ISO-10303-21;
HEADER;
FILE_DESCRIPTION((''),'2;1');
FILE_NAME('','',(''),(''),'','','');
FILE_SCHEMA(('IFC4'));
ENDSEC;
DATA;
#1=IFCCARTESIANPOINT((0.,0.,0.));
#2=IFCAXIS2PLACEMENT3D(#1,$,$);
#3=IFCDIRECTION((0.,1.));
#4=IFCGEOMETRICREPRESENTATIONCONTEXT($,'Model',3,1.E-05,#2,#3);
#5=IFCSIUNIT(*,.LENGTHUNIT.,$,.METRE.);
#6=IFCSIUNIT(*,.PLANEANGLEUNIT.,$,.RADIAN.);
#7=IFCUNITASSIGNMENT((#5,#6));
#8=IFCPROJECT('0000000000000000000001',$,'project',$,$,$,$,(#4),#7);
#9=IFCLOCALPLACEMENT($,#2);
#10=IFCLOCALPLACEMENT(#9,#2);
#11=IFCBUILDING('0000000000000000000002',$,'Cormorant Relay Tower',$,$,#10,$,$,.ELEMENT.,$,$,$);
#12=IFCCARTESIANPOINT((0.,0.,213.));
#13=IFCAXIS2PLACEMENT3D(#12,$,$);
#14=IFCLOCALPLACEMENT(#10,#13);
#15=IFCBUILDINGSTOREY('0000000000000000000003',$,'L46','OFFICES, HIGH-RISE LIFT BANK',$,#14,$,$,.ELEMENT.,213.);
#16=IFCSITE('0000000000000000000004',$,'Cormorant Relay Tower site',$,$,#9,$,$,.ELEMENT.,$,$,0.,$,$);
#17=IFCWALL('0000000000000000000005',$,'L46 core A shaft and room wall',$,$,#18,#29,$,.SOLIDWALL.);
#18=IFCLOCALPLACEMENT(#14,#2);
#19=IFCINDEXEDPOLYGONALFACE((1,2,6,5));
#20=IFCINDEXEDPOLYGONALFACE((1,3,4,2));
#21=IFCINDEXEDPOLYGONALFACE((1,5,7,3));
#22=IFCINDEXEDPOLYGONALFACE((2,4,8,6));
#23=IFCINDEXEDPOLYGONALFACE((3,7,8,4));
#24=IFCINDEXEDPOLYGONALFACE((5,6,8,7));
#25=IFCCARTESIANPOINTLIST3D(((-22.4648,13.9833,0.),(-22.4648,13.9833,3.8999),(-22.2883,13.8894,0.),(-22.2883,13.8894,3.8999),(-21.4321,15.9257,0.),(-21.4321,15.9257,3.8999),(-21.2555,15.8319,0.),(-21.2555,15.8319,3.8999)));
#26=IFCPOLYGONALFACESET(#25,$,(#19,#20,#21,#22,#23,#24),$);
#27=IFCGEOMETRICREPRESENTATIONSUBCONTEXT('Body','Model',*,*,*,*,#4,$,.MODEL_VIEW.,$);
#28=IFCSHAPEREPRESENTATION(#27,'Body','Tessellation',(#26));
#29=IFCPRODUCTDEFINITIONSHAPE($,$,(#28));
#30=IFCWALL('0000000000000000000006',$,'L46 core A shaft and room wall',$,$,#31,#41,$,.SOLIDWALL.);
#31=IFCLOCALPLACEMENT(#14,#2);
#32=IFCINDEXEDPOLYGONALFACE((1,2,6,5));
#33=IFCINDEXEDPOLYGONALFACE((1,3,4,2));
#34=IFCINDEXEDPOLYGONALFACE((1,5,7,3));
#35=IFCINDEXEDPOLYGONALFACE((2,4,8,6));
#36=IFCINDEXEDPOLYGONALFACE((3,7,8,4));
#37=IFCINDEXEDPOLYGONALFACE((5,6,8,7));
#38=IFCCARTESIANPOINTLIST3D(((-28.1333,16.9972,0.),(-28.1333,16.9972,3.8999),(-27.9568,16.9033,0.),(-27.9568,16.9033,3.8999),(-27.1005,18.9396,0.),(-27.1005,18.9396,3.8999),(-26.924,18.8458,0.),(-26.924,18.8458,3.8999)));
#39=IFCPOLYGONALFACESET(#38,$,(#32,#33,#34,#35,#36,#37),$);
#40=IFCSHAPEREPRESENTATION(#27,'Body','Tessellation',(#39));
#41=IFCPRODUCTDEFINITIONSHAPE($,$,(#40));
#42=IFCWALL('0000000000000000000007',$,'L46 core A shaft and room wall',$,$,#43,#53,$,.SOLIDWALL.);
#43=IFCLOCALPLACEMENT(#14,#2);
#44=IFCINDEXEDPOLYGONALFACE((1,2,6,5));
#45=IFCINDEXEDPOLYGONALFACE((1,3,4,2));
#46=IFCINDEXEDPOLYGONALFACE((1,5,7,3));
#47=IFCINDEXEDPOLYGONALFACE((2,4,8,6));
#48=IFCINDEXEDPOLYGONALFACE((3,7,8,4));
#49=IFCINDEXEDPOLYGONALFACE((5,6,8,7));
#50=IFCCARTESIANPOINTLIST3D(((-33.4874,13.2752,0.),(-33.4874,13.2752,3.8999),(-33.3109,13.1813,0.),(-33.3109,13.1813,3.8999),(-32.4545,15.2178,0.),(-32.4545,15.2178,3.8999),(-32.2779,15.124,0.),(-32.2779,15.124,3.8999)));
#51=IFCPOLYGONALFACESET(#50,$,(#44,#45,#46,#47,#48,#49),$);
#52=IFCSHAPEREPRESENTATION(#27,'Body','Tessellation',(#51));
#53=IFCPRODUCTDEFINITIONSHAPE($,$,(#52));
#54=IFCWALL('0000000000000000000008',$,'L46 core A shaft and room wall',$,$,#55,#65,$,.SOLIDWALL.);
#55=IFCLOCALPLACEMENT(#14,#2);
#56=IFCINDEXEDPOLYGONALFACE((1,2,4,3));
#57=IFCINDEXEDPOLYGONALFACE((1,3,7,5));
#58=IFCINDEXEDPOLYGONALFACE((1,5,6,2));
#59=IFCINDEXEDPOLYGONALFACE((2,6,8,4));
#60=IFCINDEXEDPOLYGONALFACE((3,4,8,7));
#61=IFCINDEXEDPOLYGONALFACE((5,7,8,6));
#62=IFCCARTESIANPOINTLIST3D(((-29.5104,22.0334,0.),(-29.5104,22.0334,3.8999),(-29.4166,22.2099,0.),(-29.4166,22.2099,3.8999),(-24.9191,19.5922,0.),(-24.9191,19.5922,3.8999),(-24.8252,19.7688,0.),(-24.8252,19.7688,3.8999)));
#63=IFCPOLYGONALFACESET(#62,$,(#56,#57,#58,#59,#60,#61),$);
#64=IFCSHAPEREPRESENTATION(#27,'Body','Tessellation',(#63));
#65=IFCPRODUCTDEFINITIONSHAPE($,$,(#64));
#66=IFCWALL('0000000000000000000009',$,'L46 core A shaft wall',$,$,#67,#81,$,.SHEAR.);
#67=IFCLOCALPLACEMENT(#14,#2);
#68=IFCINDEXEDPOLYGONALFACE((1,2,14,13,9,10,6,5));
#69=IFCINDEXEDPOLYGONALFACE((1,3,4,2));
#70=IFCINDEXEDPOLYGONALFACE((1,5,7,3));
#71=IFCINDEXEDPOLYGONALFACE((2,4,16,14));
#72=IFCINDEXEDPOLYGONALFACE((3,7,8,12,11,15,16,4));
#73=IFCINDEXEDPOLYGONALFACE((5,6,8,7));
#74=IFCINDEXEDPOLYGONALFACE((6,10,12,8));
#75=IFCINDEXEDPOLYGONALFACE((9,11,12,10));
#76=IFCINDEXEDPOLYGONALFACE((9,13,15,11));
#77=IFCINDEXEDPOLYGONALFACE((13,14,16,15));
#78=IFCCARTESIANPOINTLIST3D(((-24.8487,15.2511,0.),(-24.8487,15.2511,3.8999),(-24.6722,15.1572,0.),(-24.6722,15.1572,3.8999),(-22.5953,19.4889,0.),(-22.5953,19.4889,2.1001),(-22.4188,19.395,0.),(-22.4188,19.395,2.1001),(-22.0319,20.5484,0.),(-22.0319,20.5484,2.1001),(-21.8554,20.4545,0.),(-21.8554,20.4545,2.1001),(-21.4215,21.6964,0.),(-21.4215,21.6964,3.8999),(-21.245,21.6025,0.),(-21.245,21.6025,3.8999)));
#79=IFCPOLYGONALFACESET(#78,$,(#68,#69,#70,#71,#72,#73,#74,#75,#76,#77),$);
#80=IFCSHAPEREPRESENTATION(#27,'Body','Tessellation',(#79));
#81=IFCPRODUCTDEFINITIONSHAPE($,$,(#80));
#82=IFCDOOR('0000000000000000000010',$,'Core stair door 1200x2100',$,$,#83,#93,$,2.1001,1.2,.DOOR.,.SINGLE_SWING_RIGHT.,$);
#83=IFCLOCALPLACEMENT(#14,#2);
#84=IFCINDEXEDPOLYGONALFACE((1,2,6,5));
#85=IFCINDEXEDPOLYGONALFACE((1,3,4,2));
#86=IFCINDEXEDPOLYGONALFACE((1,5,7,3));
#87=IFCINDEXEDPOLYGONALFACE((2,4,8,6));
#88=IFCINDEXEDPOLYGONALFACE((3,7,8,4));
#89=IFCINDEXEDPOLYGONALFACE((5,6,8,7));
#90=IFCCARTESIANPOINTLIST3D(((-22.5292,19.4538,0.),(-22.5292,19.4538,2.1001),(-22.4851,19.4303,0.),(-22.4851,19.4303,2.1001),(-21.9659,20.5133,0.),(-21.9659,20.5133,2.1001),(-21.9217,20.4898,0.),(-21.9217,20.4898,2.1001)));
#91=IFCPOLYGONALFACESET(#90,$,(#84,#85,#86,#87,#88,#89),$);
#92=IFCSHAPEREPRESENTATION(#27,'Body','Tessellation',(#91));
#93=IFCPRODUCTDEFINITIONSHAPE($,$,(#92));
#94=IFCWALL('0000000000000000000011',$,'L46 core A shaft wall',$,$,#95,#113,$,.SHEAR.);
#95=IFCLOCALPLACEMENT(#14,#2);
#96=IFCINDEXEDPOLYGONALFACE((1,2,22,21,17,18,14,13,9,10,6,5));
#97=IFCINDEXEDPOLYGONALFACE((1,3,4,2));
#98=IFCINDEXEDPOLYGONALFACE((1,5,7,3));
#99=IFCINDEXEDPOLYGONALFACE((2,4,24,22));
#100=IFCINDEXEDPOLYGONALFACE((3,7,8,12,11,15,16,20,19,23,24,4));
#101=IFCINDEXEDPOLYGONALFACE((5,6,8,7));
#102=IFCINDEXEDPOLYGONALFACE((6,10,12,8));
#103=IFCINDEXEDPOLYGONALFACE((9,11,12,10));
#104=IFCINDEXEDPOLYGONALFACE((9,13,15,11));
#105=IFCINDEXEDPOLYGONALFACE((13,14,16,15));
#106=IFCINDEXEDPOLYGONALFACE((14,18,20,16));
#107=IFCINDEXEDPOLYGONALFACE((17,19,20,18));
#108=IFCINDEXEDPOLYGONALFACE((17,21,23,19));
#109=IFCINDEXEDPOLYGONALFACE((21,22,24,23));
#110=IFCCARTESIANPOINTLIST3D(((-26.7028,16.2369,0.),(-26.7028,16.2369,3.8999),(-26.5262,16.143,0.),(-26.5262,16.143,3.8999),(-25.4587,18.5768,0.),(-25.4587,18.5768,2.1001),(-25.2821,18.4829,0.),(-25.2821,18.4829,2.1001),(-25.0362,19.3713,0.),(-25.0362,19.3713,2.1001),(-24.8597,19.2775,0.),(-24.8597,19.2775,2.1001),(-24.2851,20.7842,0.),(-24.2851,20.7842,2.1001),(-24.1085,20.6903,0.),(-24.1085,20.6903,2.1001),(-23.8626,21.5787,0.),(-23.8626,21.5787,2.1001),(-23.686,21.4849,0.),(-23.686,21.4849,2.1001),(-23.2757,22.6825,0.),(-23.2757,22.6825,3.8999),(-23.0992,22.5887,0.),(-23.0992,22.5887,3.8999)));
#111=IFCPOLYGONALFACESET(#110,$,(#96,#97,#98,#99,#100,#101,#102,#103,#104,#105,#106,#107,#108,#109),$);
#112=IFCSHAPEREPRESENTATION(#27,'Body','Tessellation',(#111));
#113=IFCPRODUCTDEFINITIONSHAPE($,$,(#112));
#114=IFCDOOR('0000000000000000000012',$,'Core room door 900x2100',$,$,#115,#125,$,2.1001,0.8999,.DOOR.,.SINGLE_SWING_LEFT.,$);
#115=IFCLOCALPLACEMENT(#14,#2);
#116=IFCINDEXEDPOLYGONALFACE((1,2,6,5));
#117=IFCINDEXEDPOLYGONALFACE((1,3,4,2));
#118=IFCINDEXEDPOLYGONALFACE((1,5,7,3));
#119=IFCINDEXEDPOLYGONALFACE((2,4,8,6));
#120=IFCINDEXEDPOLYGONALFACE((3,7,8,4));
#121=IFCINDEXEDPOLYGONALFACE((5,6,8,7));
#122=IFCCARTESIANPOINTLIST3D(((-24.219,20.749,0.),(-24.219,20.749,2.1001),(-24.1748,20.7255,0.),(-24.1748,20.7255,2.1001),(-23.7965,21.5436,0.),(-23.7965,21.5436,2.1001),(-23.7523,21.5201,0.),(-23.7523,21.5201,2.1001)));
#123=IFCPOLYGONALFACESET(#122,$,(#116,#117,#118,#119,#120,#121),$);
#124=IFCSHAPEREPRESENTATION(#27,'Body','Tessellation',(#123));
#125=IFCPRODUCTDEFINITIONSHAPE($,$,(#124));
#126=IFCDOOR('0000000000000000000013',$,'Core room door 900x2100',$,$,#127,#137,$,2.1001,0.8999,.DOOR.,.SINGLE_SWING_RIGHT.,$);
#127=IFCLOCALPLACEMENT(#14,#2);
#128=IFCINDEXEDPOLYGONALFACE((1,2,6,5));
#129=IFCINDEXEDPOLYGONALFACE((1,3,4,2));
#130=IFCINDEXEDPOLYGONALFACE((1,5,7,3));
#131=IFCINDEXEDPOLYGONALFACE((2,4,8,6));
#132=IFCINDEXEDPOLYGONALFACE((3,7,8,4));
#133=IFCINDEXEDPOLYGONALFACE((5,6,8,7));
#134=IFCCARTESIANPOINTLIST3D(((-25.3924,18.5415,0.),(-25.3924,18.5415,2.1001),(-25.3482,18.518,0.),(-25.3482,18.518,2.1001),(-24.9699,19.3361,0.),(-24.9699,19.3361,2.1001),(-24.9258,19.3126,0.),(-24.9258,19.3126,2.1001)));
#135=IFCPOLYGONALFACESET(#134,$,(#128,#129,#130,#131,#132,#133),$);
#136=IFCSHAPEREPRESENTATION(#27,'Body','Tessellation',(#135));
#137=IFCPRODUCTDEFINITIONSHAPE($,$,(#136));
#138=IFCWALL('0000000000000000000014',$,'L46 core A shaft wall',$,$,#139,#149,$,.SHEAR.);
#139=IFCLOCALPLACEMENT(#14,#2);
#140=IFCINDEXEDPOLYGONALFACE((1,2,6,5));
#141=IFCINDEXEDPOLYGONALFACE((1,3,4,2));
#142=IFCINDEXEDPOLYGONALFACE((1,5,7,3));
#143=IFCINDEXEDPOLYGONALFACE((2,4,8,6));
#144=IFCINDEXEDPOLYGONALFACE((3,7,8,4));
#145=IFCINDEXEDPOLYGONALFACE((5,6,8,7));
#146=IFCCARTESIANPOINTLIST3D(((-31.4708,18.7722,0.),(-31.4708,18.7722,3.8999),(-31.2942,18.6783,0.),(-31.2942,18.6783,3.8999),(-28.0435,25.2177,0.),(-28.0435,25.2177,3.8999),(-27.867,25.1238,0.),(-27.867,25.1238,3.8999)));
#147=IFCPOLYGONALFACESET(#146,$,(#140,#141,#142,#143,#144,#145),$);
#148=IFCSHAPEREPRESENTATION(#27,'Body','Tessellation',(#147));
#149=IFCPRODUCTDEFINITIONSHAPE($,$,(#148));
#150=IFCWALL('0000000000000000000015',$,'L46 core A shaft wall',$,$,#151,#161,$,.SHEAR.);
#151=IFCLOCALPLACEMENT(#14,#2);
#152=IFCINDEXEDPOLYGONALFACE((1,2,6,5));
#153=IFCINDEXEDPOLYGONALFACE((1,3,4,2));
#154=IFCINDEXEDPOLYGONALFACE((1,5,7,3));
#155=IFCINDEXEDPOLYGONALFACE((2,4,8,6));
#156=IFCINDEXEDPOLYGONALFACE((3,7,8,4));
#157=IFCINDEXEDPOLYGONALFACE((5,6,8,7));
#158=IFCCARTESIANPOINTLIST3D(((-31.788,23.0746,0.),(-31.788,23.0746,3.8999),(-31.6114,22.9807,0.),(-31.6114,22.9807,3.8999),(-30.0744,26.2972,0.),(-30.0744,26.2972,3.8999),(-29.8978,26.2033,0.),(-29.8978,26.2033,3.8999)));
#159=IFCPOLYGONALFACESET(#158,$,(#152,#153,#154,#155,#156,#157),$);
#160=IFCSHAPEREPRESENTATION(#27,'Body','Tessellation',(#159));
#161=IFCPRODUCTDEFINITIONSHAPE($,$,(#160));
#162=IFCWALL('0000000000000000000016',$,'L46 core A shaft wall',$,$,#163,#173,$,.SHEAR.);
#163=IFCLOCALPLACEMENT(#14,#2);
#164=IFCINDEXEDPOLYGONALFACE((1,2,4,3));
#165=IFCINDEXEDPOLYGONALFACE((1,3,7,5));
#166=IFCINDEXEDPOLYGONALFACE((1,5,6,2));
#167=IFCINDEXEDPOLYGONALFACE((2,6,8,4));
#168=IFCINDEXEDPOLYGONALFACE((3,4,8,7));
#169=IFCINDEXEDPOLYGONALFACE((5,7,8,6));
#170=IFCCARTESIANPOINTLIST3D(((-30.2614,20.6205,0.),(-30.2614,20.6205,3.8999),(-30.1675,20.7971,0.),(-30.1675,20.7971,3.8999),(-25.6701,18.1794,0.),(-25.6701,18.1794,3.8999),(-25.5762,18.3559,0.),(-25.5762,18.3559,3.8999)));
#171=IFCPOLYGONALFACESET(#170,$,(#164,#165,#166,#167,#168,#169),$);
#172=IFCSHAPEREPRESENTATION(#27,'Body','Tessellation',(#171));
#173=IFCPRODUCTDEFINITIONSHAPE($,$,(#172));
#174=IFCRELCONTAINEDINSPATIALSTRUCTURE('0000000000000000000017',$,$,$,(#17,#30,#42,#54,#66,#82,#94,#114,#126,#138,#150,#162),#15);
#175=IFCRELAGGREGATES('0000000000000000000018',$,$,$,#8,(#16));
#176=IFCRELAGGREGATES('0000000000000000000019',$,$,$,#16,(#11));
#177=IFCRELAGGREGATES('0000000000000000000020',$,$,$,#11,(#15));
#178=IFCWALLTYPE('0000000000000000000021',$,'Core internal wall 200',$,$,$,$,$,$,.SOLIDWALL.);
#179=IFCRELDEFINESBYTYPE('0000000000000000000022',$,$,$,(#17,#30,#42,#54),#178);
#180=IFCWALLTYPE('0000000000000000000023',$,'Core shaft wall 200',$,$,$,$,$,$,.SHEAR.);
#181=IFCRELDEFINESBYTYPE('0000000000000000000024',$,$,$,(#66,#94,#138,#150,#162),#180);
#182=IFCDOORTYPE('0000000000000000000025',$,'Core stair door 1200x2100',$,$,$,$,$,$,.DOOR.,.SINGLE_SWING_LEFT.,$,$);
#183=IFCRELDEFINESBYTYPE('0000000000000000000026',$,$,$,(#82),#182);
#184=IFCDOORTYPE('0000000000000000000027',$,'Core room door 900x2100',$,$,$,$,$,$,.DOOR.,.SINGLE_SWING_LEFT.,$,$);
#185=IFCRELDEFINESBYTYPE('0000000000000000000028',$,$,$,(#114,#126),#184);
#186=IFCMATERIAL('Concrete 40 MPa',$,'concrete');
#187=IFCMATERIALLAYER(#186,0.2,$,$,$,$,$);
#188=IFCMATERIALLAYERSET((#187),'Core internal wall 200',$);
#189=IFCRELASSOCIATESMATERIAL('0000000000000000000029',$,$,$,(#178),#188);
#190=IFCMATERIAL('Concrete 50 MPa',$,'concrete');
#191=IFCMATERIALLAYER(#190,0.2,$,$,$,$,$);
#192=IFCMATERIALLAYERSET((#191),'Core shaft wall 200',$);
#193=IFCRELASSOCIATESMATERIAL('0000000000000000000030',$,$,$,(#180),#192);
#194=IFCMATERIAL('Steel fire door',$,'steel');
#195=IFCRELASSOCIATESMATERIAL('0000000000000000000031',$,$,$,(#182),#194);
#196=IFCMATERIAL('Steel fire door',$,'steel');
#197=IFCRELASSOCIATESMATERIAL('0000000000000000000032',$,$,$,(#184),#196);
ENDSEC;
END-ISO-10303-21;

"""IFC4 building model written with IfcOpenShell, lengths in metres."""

from ifc_helpers import new_model, si_unit, direction, frame, frame_2d, origin, place, context, subcontext, project, spatial, rectangle, extrude, material, layer, layer_set, type_object, element, fill, save


model = new_model("IFC4")

# Units and contexts
model_context = context("Model", 3, precision=1e-05, world=origin(), true_north=direction((0.0, 1.0)))
body_context = subcontext(model_context, "Body", "Model", "MODEL_VIEW")
ifc_project = project(units=[si_unit("LENGTHUNIT", "METRE"), si_unit("PLANEANGLEUNIT", "RADIAN")], contexts=[model_context])

# Site, building, storey
site_placement = place(None, origin())
site = spatial("IfcSite", under=ifc_project, at=site_placement, Name="Cormorant Relay Tower site", CompositionType="ELEMENT", RefElevation=0.0)
building_placement = place(site_placement, origin())
building = spatial("IfcBuilding", under=site, at=building_placement, Name="Cormorant Relay Tower", CompositionType="ELEMENT")
storey_placement = place(building_placement, frame((0.0, 0.0, 213.0)))
storey = spatial("IfcBuildingStorey", under=building, at=storey_placement, Name="L46", Description="OFFICES, HIGH-RISE LIFT BANK", CompositionType="ELEMENT", Elevation=213.0)

# Walls
ifc_material_1 = material(Name="Concrete 40 MPa", Category="concrete")
ifc_layer_1 = layer(ifc_material_1, 0.2)
ifc_layer_set_1 = layer_set([ifc_layer_1], Name="Core internal wall 200")
wall_type_1 = type_object("IfcWallType", Name="Core internal wall 200", PredefinedType="SOLIDWALL", material=ifc_layer_set_1)
for number, where, z_axis, x_axis, name in (
    (1, (-21.3438, 15.8789, 0.0), (0.0, 0.0, 1.0), (-0.469447, -0.88296, 0.0), "L46 core A shaft and room wall"),
    (2, (-27.0122, 18.8928, 0.0), (0.0, 0.0, 1.0), (-0.469447, -0.88296, 0.0), "L46 core A shaft and room wall"),
):
    element("IfcWall", number, at=place(storey_placement, frame(where, z_axis=z_axis, x_axis=x_axis)), inside=storey, type_object=wall_type_1, Name=name, PredefinedType="SOLIDWALL", context=body_context, shape_type="SweptSolid", body=[
        extrude(rectangle(XDim=2.2, YDim=0.2, at=frame_2d((1.1001, 0.0))), origin(), (0.0, 0.0, 1.0), 3.8999),
    ])
wall_1_placement = place(storey_placement, frame((-32.3662, 15.1709, 0.0), z_axis=(0.0, 0.0, 1.0), x_axis=(-0.469488, -0.882939, 0.0)))
element("IfcWall", 3, at=wall_1_placement, inside=storey, type_object=wall_type_1, Name="L46 core A shaft and room wall", PredefinedType="SOLIDWALL", context=body_context, shape_type="SweptSolid", body=[
    extrude(rectangle(XDim=2.2002, YDim=0.2, at=frame_2d((1.1001, 0.0))), origin(), (0.0, 0.0, 1.0), 3.8999),
])
wall_2_placement = place(storey_placement, frame((-24.8721, 19.6804, 0.0), z_axis=(0.0, 0.0, 1.0), x_axis=(-0.882954, 0.46946, 0.0)))
element("IfcWall", 4, at=wall_2_placement, inside=storey, type_object=wall_type_1, Name="L46 core A shaft and room wall", PredefinedType="SOLIDWALL", context=body_context, shape_type="SweptSolid", body=[
    extrude(rectangle(XDim=5.2, YDim=0.2, at=frame_2d((2.6001, 0.0))), origin(), (0.0, 0.0, 1.0), 3.8999),
])

# Wall, opening, door
ifc_material_2 = material(Name="Concrete 50 MPa", Category="concrete")
ifc_layer_2 = layer(ifc_material_2, 0.2)
ifc_layer_set_2 = layer_set([ifc_layer_2], Name="Core shaft wall 200")
wall_type_2 = type_object("IfcWallType", Name="Core shaft wall 200", PredefinedType="SHEAR", material=ifc_layer_set_2)
wall_3_placement = place(storey_placement, frame((-21.3333, 21.6494, 0.0), z_axis=(0.0, 0.0, 1.0), x_axis=(-0.469494, -0.882936, 0.0)))
wall_3 = element("IfcWall", 5, at=wall_3_placement, inside=storey, type_object=wall_type_2, Name="L46 core A shaft wall", PredefinedType="SHEAR", context=body_context, shape_type="SweptSolid", body=[
    extrude(rectangle(XDim=7.2998, YDim=0.2, at=frame_2d((3.6499, 0.0))), origin(), (0.0, 0.0, 1.0), 3.8999),
])
opening_1_placement = place(wall_3_placement, frame((1.3, 0.0, 0.0)))
opening_1 = element("IfcOpeningElement", 6, at=opening_1_placement, cuts=wall_3, PredefinedType="OPENING", context=body_context, shape_type="SweptSolid", body=[
    extrude(rectangle(XDim=1.2, YDim=2.1001, at=frame_2d((0.6001, 1.05))), frame((0.0, 0.1099, 0.0), z_axis=(0.0, -1.0, 0.0), x_axis=(1.0, 0.0, 0.0)), (0.0, 0.0, 1.0), 0.22),
])
ifc_material_3 = material(Name="Steel fire door", Category="steel")
door_type_1 = type_object("IfcDoorType", Name="Core stair door 1200x2100", OperationType="SINGLE_SWING_LEFT", PredefinedType="DOOR", material=ifc_material_3)
door_1_placement = place(opening_1_placement, origin())
door_1 = element("IfcDoor", 7, at=door_1_placement, inside=storey, type_object=door_type_1, Name="Core stair door 1200x2100", OperationType="SINGLE_SWING_RIGHT", OverallHeight=2.1001, OverallWidth=1.2, PredefinedType="DOOR", context=body_context, shape_type="SweptSolid", body=[
    extrude(rectangle(XDim=1.2, YDim=2.1001, at=frame_2d((0.6001, 1.05))), frame((0.0, 0.0249, 0.0), z_axis=(0.0, -1.0, 0.0), x_axis=(1.0, 0.0, 0.0)), (0.0, 0.0, 1.0), 0.05),
])
fill(opening_1, door_1)

# Wall, openings, doors
wall_4_placement = place(storey_placement, frame((-23.1875, 22.6355, 0.0), z_axis=(0.0, 0.0, 1.0), x_axis=(-0.469454, -0.882957, 0.0)))
wall_4 = element("IfcWall", 8, at=wall_4_placement, inside=storey, type_object=wall_type_2, Name="L46 core A shaft wall", PredefinedType="SHEAR", context=body_context, shape_type="SweptSolid", body=[
    extrude(rectangle(XDim=7.3, YDim=0.2, at=frame_2d((3.6499, 0.0))), origin(), (0.0, 0.0, 1.0), 3.8999),
])
opening_2_placement = place(wall_4_placement, frame((1.25, 0.0, 0.0)))
opening_2 = element("IfcOpeningElement", 9, at=opening_2_placement, cuts=wall_4, PredefinedType="OPENING", context=body_context, shape_type="SweptSolid", body=[
    extrude(rectangle(XDim=0.8999, YDim=2.1001, at=frame_2d((0.45, 1.05))), frame((0.0, 0.1099, 0.0), z_axis=(0.0, -1.0, 0.0), x_axis=(1.0, 0.0, 0.0)), (0.0, 0.0, 1.0), 0.22),
])
opening_3_placement = place(wall_4_placement, frame((3.75, 0.0, 0.0)))
opening_3 = element("IfcOpeningElement", 10, at=opening_3_placement, cuts=wall_4, PredefinedType="OPENING", context=body_context, shape_type="SweptSolid", body=[
    extrude(rectangle(XDim=0.8999, YDim=2.1001, at=frame_2d((0.45, 1.05))), frame((0.0, 0.1099, 0.0), z_axis=(0.0, -1.0, 0.0), x_axis=(1.0, 0.0, 0.0)), (0.0, 0.0, 1.0), 0.22),
])
ifc_material_4 = material(Name="Steel fire door", Category="steel")
door_type_2 = type_object("IfcDoorType", Name="Core room door 900x2100", OperationType="SINGLE_SWING_LEFT", PredefinedType="DOOR", material=ifc_material_4)
door_2_placement = place(opening_2_placement, origin())
door_2 = element("IfcDoor", 11, at=door_2_placement, inside=storey, type_object=door_type_2, Name="Core room door 900x2100", OperationType="SINGLE_SWING_LEFT", OverallHeight=2.1001, OverallWidth=0.8999, PredefinedType="DOOR", context=body_context, shape_type="SweptSolid", body=[
    extrude(rectangle(XDim=0.8999, YDim=2.1001, at=frame_2d((0.45, 1.05))), frame((0.0, 0.0249, 0.0), z_axis=(0.0, -1.0, 0.0), x_axis=(1.0, 0.0, 0.0)), (0.0, 0.0, 1.0), 0.05),
])
fill(opening_2, door_2)
door_3_placement = place(opening_3_placement, frame((0.8999, 0.0, 0.0), z_axis=(0.0, 0.0, 1.0), x_axis=(-1.0, 0.0, 0.0)))
door_3 = element("IfcDoor", 12, at=door_3_placement, inside=storey, type_object=door_type_2, Name="Core room door 900x2100", OperationType="SINGLE_SWING_RIGHT", OverallHeight=2.1001, OverallWidth=0.8999, PredefinedType="DOOR", context=body_context, shape_type="SweptSolid", body=[
    extrude(rectangle(XDim=0.8999, YDim=2.1001, at=frame_2d((0.45, 1.05))), frame((0.0, 0.0249, 0.0), z_axis=(0.0, -1.0, 0.0), x_axis=(1.0, 0.0, 0.0)), (0.0, 0.0, 1.0), 0.05),
])
fill(opening_3, door_3)

# Walls
wall_5_placement = place(storey_placement, frame((-27.9553, 25.1707, 0.0), z_axis=(0.0, 0.0, 1.0), x_axis=(-0.46948, -0.882943, 0.0)))
element("IfcWall", 13, at=wall_5_placement, inside=storey, type_object=wall_type_2, Name="L46 core A shaft wall", PredefinedType="SHEAR", context=body_context, shape_type="SweptSolid", body=[
    extrude(rectangle(XDim=7.3, YDim=0.2, at=frame_2d((3.6499, 0.0))), origin(), (0.0, 0.0, 1.0), 3.8999),
])
wall_6_placement = place(storey_placement, frame((-29.9861, 26.2502, 0.0), z_axis=(0.0, 0.0, 1.0), x_axis=(-0.469494, -0.882936, 0.0)))
element("IfcWall", 14, at=wall_6_placement, inside=storey, type_object=wall_type_2, Name="L46 core A shaft wall", PredefinedType="SHEAR", context=body_context, shape_type="SweptSolid", body=[
    extrude(rectangle(XDim=3.6499, YDim=0.2, at=frame_2d((1.825, 0.0))), origin(), (0.0, 0.0, 1.0), 3.8999),
])

# Wall
wall_7_placement = place(storey_placement, frame((-25.623, 18.2676, 0.0), z_axis=(0.0, 0.0, 1.0), x_axis=(-0.882954, 0.46946, 0.0)))
element("IfcWall", 15, at=wall_7_placement, inside=storey, type_object=wall_type_2, Name="L46 core A shaft wall", PredefinedType="SHEAR", context=body_context, shape_type="SweptSolid", body=[
    extrude(rectangle(XDim=5.2, YDim=0.2, at=frame_2d((2.6001, 0.0))), origin(), (0.0, 0.0, 1.0), 3.8999),
])

save(model, "model.ifc")
